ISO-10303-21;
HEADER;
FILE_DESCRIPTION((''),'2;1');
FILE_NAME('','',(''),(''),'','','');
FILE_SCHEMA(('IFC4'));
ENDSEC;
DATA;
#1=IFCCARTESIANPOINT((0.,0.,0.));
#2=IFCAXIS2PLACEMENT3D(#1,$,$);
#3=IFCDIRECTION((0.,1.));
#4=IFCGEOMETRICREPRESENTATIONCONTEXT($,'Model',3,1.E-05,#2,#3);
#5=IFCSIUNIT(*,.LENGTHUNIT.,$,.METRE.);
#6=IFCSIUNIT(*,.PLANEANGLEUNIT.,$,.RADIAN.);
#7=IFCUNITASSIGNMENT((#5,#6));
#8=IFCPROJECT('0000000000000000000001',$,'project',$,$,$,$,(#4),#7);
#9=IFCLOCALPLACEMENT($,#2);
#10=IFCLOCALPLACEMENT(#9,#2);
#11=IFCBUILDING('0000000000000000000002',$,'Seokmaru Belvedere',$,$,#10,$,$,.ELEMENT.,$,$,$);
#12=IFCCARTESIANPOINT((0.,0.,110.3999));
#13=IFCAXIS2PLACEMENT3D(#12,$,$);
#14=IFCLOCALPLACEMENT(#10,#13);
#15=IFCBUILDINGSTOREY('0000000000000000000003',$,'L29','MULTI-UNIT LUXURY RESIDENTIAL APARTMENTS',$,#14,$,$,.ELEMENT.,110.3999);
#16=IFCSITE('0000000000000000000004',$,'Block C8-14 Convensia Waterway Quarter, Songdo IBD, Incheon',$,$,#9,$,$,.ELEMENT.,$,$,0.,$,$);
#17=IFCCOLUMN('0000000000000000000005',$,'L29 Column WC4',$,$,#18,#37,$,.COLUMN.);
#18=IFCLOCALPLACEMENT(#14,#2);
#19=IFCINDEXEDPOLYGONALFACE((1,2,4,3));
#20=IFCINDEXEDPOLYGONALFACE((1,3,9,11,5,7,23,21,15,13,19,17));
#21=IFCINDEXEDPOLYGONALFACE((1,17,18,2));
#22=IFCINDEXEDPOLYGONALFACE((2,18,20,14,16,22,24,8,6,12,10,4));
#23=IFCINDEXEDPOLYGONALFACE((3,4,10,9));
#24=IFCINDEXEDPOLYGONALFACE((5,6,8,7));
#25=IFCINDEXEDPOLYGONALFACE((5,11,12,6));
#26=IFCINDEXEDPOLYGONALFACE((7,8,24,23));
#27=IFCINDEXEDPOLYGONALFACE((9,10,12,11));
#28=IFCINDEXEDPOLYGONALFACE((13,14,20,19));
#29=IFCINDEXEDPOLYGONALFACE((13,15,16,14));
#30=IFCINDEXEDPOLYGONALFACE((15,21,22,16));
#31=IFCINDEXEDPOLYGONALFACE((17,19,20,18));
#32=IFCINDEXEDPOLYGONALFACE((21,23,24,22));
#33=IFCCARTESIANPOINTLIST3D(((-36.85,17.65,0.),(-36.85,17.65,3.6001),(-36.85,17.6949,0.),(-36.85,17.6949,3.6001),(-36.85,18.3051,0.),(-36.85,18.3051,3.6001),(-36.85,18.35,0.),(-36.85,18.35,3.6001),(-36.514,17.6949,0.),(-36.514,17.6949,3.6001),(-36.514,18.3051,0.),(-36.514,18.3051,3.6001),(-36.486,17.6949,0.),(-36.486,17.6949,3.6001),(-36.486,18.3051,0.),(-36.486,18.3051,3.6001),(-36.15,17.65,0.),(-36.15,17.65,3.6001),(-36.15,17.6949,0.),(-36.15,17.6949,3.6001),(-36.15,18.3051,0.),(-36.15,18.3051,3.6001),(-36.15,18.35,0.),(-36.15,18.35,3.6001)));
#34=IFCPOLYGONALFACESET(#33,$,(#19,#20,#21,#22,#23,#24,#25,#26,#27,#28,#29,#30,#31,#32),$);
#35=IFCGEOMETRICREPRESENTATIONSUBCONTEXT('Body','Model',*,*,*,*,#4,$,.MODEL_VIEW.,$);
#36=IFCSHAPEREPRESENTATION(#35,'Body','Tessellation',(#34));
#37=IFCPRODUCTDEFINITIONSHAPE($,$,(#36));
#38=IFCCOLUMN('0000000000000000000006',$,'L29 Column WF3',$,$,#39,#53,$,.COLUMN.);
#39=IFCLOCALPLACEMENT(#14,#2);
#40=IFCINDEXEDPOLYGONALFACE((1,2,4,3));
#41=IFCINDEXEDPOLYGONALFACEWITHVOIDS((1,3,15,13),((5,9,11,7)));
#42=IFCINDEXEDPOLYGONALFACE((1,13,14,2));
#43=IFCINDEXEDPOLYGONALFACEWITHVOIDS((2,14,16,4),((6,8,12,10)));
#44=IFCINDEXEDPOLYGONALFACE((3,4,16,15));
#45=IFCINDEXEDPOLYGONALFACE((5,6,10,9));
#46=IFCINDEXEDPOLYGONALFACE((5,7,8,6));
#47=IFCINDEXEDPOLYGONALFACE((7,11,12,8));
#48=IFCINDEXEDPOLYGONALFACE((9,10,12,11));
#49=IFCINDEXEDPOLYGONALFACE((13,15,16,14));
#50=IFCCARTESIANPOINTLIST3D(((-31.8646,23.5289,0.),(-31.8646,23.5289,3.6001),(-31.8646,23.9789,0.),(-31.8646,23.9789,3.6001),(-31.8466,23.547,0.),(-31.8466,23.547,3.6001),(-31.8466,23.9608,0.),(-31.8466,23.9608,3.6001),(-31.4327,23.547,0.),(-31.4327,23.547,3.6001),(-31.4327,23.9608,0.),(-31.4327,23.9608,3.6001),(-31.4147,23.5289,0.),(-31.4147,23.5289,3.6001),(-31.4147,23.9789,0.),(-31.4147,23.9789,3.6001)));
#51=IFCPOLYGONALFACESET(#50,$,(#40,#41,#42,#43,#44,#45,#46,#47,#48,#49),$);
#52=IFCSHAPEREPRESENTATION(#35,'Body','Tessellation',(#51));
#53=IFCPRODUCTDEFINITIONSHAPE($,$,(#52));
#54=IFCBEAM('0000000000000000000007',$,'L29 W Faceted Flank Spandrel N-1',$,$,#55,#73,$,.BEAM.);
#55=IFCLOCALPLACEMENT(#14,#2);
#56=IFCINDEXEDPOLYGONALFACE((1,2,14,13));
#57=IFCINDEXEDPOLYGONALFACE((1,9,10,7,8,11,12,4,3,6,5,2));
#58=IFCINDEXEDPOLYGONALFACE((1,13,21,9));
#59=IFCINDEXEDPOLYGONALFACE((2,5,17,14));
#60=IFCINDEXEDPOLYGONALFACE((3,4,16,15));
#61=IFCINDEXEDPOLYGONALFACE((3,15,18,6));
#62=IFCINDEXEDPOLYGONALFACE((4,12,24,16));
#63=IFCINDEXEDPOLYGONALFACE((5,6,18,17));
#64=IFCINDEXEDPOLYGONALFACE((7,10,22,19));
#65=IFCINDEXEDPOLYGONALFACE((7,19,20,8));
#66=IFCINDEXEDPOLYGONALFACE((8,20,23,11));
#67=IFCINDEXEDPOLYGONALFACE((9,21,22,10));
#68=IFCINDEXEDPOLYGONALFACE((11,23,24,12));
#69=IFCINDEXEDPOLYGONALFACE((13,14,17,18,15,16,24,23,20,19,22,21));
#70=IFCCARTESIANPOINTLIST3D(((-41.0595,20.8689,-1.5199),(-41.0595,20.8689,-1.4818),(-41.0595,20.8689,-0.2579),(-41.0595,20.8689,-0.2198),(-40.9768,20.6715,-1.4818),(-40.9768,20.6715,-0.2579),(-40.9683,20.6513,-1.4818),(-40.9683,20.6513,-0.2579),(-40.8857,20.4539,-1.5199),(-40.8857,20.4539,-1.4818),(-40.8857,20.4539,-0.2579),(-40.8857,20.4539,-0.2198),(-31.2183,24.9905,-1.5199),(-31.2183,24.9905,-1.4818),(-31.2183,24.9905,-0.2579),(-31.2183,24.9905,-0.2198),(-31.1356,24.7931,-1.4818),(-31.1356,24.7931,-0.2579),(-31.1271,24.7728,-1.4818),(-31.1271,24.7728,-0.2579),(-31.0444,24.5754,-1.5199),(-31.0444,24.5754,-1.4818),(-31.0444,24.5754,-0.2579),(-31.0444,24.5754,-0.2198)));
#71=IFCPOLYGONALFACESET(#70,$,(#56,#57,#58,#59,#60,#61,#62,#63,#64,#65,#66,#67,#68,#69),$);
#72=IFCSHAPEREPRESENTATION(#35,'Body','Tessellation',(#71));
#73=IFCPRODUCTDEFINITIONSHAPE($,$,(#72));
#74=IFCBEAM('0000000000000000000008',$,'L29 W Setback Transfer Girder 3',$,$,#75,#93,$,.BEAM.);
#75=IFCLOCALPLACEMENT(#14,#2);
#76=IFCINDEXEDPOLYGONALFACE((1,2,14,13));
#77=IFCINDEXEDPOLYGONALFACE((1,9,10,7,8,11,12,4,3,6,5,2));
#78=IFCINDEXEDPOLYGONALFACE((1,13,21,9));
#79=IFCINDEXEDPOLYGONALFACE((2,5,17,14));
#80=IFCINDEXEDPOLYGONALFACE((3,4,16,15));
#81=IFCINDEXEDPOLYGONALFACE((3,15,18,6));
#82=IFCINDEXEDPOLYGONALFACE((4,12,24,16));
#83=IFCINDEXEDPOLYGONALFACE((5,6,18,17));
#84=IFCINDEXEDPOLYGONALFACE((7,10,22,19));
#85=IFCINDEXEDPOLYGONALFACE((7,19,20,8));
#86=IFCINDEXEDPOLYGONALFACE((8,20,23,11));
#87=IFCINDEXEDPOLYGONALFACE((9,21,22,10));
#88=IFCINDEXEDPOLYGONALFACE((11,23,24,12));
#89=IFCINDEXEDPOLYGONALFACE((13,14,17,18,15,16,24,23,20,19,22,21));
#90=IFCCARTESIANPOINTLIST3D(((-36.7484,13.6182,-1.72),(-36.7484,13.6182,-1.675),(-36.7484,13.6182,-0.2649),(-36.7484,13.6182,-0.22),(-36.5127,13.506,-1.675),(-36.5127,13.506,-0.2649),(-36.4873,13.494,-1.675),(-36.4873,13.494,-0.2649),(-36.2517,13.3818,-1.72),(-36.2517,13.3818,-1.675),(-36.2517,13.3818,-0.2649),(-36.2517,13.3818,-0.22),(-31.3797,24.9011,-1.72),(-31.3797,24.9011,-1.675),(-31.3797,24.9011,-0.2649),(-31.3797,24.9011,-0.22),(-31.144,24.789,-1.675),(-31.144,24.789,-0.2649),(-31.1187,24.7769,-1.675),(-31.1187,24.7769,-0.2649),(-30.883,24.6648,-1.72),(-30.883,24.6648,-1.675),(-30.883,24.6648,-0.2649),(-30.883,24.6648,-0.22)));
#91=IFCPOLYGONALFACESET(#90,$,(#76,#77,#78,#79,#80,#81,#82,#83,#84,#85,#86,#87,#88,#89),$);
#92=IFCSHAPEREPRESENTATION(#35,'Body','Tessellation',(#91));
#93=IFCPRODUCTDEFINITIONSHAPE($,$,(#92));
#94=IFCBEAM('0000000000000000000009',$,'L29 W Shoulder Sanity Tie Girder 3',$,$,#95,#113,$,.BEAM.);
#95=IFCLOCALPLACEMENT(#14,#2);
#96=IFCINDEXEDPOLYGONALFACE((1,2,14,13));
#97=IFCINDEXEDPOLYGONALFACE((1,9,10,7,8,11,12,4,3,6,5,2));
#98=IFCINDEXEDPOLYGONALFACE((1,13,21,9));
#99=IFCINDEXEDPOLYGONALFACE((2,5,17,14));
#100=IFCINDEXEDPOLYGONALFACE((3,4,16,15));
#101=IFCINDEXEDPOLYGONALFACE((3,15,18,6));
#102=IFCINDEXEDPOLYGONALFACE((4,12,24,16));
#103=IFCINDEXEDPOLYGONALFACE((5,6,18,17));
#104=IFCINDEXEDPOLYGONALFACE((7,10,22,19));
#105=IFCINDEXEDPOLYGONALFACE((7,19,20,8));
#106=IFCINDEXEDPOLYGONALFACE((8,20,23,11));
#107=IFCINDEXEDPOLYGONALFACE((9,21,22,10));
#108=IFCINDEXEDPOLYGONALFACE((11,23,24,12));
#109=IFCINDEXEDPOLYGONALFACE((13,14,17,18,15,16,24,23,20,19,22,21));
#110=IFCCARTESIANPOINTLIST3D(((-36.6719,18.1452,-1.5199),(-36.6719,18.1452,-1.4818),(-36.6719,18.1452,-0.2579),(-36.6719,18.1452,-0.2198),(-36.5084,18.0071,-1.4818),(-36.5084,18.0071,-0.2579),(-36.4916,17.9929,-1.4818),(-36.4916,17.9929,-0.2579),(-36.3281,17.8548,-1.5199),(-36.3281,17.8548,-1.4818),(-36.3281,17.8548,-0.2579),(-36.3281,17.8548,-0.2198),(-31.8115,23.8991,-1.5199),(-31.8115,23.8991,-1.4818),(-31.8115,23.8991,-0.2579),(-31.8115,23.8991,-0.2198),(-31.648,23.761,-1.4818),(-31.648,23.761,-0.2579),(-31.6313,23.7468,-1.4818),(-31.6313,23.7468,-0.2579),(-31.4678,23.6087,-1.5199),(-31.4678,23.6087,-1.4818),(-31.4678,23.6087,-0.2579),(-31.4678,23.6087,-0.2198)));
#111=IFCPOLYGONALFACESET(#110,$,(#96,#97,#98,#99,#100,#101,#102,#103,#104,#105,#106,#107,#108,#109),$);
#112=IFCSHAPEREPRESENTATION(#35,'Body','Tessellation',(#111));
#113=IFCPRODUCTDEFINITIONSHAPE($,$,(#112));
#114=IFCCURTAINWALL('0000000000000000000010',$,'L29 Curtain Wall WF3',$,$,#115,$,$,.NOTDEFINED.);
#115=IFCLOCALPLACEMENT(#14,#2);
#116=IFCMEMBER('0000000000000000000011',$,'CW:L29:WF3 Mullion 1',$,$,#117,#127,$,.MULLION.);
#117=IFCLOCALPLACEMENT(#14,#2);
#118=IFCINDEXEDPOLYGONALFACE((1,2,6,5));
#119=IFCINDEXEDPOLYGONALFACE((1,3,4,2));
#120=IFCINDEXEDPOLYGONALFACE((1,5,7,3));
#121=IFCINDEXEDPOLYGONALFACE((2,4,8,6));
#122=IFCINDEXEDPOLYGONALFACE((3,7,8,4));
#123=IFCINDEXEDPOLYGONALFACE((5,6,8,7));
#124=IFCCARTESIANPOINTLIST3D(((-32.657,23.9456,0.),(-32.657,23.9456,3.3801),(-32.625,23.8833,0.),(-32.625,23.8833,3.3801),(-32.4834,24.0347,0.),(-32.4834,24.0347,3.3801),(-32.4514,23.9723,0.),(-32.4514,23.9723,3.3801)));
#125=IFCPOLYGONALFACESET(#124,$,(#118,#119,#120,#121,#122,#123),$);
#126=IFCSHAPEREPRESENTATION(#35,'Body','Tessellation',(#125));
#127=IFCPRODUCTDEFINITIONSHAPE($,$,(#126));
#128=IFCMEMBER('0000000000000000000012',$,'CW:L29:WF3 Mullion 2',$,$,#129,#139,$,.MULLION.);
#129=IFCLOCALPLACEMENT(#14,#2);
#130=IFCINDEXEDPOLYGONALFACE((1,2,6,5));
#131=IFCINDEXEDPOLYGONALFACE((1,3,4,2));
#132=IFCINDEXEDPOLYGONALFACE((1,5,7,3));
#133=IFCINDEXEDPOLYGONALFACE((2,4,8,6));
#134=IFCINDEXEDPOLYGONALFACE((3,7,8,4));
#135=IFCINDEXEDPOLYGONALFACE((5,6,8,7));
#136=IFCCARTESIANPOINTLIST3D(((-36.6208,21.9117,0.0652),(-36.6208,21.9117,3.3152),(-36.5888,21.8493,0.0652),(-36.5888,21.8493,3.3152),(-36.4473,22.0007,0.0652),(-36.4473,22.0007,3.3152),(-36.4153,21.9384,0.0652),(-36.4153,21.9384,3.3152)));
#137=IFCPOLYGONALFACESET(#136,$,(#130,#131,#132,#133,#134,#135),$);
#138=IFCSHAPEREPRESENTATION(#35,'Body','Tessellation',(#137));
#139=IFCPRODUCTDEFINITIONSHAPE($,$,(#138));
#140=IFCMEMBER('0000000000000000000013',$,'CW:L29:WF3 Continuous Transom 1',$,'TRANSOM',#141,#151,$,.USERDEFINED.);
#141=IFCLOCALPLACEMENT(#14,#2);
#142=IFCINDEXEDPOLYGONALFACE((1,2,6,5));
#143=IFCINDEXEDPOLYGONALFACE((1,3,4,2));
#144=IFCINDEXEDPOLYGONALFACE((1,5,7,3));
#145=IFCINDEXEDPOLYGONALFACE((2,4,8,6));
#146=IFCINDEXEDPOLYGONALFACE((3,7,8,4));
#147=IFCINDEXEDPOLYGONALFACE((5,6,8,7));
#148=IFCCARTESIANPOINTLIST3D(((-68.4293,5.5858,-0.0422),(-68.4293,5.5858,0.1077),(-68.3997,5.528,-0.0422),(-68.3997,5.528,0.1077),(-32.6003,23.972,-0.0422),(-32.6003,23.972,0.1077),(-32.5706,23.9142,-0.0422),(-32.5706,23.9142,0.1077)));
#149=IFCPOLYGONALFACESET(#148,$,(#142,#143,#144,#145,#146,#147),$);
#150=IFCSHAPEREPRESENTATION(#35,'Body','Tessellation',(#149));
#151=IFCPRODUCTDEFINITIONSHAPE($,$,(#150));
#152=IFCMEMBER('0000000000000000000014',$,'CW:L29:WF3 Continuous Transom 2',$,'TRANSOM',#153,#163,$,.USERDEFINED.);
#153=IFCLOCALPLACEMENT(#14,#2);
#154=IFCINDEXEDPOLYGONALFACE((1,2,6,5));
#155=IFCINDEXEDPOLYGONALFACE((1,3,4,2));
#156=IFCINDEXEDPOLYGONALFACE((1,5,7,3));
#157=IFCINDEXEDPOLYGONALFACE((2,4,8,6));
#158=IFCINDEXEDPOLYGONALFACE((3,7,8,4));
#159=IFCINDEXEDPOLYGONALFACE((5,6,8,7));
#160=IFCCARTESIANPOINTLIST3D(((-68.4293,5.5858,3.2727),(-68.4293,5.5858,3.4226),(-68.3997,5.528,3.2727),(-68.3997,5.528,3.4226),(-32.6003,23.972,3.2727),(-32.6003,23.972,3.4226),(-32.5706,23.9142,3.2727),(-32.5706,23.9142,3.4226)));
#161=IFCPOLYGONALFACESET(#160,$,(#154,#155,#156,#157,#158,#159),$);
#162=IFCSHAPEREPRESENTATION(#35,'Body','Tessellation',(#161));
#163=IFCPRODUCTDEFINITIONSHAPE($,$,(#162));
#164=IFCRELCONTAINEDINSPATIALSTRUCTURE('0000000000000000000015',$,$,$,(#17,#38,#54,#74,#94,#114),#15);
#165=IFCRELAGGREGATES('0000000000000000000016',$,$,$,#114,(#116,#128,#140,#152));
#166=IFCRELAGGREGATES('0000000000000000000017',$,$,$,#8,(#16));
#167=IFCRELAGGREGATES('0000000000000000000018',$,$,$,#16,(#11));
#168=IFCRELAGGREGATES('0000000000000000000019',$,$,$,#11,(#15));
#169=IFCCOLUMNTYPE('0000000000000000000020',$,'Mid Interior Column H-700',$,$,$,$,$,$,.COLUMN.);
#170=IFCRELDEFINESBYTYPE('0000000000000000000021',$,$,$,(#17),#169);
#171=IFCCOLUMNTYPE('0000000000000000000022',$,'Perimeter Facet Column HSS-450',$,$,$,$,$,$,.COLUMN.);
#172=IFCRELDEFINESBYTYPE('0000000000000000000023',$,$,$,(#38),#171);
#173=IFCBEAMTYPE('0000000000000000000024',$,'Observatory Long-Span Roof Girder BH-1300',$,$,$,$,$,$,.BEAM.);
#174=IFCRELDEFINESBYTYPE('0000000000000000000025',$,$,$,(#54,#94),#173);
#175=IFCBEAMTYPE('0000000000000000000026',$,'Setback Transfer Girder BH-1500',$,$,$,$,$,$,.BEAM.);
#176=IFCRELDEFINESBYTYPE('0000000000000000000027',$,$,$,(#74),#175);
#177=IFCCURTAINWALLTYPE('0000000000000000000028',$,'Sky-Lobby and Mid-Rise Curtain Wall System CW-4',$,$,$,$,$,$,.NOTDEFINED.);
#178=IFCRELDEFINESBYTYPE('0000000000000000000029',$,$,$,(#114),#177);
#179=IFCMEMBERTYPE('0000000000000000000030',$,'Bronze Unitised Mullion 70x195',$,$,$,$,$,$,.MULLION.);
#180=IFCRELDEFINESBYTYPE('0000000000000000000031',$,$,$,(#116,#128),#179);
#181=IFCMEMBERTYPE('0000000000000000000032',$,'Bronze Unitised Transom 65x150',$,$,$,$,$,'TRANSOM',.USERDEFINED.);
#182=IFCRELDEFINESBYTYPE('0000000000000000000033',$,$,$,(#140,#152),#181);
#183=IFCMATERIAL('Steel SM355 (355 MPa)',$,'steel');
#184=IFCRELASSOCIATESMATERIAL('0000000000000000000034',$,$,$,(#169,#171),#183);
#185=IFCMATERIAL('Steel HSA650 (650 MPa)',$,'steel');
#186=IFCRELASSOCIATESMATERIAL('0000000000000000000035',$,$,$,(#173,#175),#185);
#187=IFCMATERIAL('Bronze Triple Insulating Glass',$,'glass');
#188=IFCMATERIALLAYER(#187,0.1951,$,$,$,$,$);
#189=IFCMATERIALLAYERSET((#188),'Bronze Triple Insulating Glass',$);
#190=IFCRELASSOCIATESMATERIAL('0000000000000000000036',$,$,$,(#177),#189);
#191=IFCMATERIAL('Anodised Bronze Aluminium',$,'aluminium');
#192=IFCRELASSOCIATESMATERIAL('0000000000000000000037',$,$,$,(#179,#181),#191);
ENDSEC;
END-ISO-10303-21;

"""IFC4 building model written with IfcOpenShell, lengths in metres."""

from ifc_helpers import new_model, si_unit, direction, frame, origin, origin_2d, place, context, subcontext, project, spatial, rectangle, hollow_rectangle, i_section, extrude, source, transform, mapped, material, layer, layer_set, material_profile, profile_set, type_object, type_shapes, element, aggregate, save


model = new_model("IFC4")

# Units and contexts
model_context = context("Model", 3, precision=1e-05, world=origin(), true_north=direction((0.0, 1.0)))
body_context = subcontext(model_context, "Body", "Model", "MODEL_VIEW")
ifc_project = project(units=[si_unit("LENGTHUNIT", "METRE"), si_unit("PLANEANGLEUNIT", "RADIAN")], contexts=[model_context])

# Site, building, storey
site_placement = place(None, origin())
site = spatial("IfcSite", under=ifc_project, at=site_placement, Name="Block C8-14 Convensia Waterway Quarter, Songdo IBD, Incheon", CompositionType="ELEMENT", RefElevation=0.0)
building_placement = place(site_placement, origin())
building = spatial("IfcBuilding", under=site, at=building_placement, Name="Seokmaru Belvedere", CompositionType="ELEMENT")
storey_placement = place(building_placement, frame((0.0, 0.0, 110.3999)))
storey = spatial("IfcBuildingStorey", under=building, at=storey_placement, Name="L29", Description="MULTI-UNIT LUXURY RESIDENTIAL APARTMENTS", CompositionType="ELEMENT", Elevation=110.3999)

# Columns
ifc_material_1 = material(Name="Steel SM355 (355 MPa)", Category="steel")
ifc_material_profile_1 = material_profile(ifc_material_1, i_section(OverallWidth=0.7, OverallDepth=0.7, WebThickness=0.0281, FlangeThickness=0.0449, at=origin_2d()), Name="H-700x700x28x45")
ifc_profile_set_1 = profile_set([ifc_material_profile_1], Name="Steel SM355 (355 MPa)")
column_type_1 = type_object("IfcColumnType", Name="Mid Interior Column H-700", PredefinedType="COLUMN", material=ifc_profile_set_1)
shared_shape_1 = source(origin(), body_context, "Body", "SweptSolid", [
    extrude(i_section(OverallWidth=0.7, OverallDepth=0.7, WebThickness=0.0281, FlangeThickness=0.0449, at=origin_2d()), origin(), (0.0, 0.0, 1.0), 3.6001),
])
type_shapes(column_type_1, [shared_shape_1])
column_1_placement = place(storey_placement, frame((-36.5, 18.0, 0.0), z_axis=(0.0, 0.0, 1.0), x_axis=(1.0, 0.0, 0.0)))
element("IfcColumn", 1, at=column_1_placement, inside=storey, type_object=column_type_1, Name="L29 Column WC4", PredefinedType="COLUMN", context=body_context, shape_type="MappedRepresentation", body=[
    mapped(shared_shape_1, transform((0.0, 0.0, 0.0), scale=1.0)),
])
ifc_material_profile_2 = material_profile(ifc_material_1, hollow_rectangle(XDim=0.45, YDim=0.45, WallThickness=0.0181, at=origin_2d()), Name="HSS-450x450x18")
ifc_profile_set_2 = profile_set([ifc_material_profile_2], Name="Steel SM355 (355 MPa)")
column_type_2 = type_object("IfcColumnType", Name="Perimeter Facet Column HSS-450", PredefinedType="COLUMN", material=ifc_profile_set_2)
shared_shape_2 = source(origin(), body_context, "Body", "SweptSolid", [
    extrude(hollow_rectangle(XDim=0.45, YDim=0.45, WallThickness=0.0181, at=origin_2d()), origin(), (0.0, 0.0, 1.0), 3.6001),
])
type_shapes(column_type_2, [shared_shape_2])
column_2_placement = place(storey_placement, frame((-31.6396, 23.7539, 0.0), z_axis=(0.0, 0.0, 1.0), x_axis=(1.0, 0.0, 0.0)))
element("IfcColumn", 2, at=column_2_placement, inside=storey, type_object=column_type_2, Name="L29 Column WF3", PredefinedType="COLUMN", context=body_context, shape_type="MappedRepresentation", body=[
    mapped(shared_shape_2, transform((0.0, 0.0, 0.0), scale=1.0)),
])

# Beams
ifc_material_2 = material(Name="Steel HSA650 (650 MPa)", Category="steel")
ifc_material_profile_3 = material_profile(ifc_material_2, i_section(OverallWidth=0.45, OverallDepth=1.3, WebThickness=0.022, FlangeThickness=0.0381, at=origin_2d()), Name="BH-1300x450x22x38")
ifc_profile_set_3 = profile_set([ifc_material_profile_3], Name="Steel HSA650 (650 MPa)")
beam_type_1 = type_object("IfcBeamType", Name="Observatory Long-Span Roof Girder BH-1300", PredefinedType="BEAM", material=ifc_profile_set_3)
shared_shape_3 = source(origin(), body_context, "Body", "SweptSolid", [
    extrude(i_section(OverallWidth=0.45, OverallDepth=1.3, WebThickness=0.022, FlangeThickness=0.0381, at=origin_2d()), origin(), (0.0, 0.0, 1.0), 10.6694),
])
beam_1_placement = place(storey_placement, frame((-31.1313, 24.783, -0.8699), z_axis=(-0.922375, -0.386295, 0.0), x_axis=(0.386295, -0.922375, 0.0)))
element("IfcBeam", 3, at=beam_1_placement, inside=storey, type_object=beam_type_1, Name="L29 W Faceted Flank Spandrel N-1", PredefinedType="BEAM", context=body_context, shape_type="MappedRepresentation", body=[
    mapped(shared_shape_3, transform((0.0, 0.0, 0.0), scale=1.0)),
])
ifc_material_profile_4 = material_profile(ifc_material_2, i_section(OverallWidth=0.55, OverallDepth=1.5, WebThickness=0.0281, FlangeThickness=0.0449, at=origin_2d()), Name="BH-1500x550x28x45")
ifc_profile_set_4 = profile_set([ifc_material_profile_4], Name="Steel HSA650 (650 MPa)")
beam_type_2 = type_object("IfcBeamType", Name="Setback Transfer Girder BH-1500", PredefinedType="BEAM", material=ifc_profile_set_4)
shared_shape_4 = source(origin(), body_context, "Body", "SweptSolid", [
    extrude(i_section(OverallWidth=0.55, OverallDepth=1.5, WebThickness=0.0281, FlangeThickness=0.0449, at=origin_2d()), origin(), (0.0, 0.0, 1.0), 12.4951),
])
type_shapes(beam_type_2, [shared_shape_4])
beam_2_placement = place(storey_placement, frame((-31.1313, 24.783, -0.97), z_axis=(-0.429661, -0.90299, 0.0), x_axis=(0.90299, -0.429661, 0.0)))
element("IfcBeam", 4, at=beam_2_placement, inside=storey, type_object=beam_type_2, Name="L29 W Setback Transfer Girder 3", PredefinedType="BEAM", context=body_context, shape_type="MappedRepresentation", body=[
    mapped(shared_shape_4, transform((0.0, 0.0, 0.0), scale=1.0)),
])
shared_shape_5 = source(origin(), body_context, "Body", "SweptSolid", [
    extrude(i_section(OverallWidth=0.45, OverallDepth=1.3, WebThickness=0.022, FlangeThickness=0.0381, at=origin_2d()), origin(), (0.0, 0.0, 1.0), 7.532),
])
type_shapes(beam_type_1, [shared_shape_3, shared_shape_5])
beam_3_placement = place(storey_placement, frame((-31.6396, 23.7539, -0.8699), z_axis=(-0.645297, -0.763932, 0.0), x_axis=(0.763932, -0.645297, 0.0)))
element("IfcBeam", 5, at=beam_3_placement, inside=storey, type_object=beam_type_1, Name="L29 W Shoulder Sanity Tie Girder 3", PredefinedType="BEAM", context=body_context, shape_type="MappedRepresentation", body=[
    mapped(shared_shape_5, transform((0.0, 0.0, 0.0), scale=1.0)),
])

# Curtain wall, members
ifc_material_3 = material(Name="Bronze Triple Insulating Glass", Category="glass")
ifc_layer_1 = layer(ifc_material_3, 0.1951)
ifc_layer_set_1 = layer_set([ifc_layer_1], Name="Bronze Triple Insulating Glass")
curtain_wall_type = type_object("IfcCurtainWallType", Name="Sky-Lobby and Mid-Rise Curtain Wall System CW-4", PredefinedType="NOTDEFINED", material=ifc_layer_set_1)
curtain_wall_placement = place(storey_placement, origin())
curtain_wall = element("IfcCurtainWall", 6, at=curtain_wall_placement, inside=storey, type_object=curtain_wall_type, Name="L29 Curtain Wall WF3", PredefinedType="NOTDEFINED")
ifc_material_4 = material(Name="Anodised Bronze Aluminium", Category="aluminium")
ifc_material_profile_5 = material_profile(ifc_material_4, rectangle(XDim=0.0701, YDim=0.1951, at=origin_2d()), Name="CW-M-70x195")
ifc_profile_set_5 = profile_set([ifc_material_profile_5], Name="Anodised Bronze Aluminium")
member_type_1 = type_object("IfcMemberType", Name="Bronze Unitised Mullion 70x195", PredefinedType="MULLION", material=ifc_profile_set_5)
shared_shape_6 = source(origin(), body_context, "Body", "SweptSolid", [
    extrude(rectangle(XDim=0.0701, YDim=0.1951, at=origin_2d()), origin(), (0.0, 0.0, 1.0), 3.3801),
])
member_1_placement = place(storey_placement, frame((-32.5542, 23.959, 0.0), z_axis=(0.0, 0.0, 1.0), x_axis=(0.456555, -0.889695, 0.0)))
member_1 = element("IfcMember", 7, at=member_1_placement, type_object=member_type_1, Name="CW:L29:WF3 Mullion 1", PredefinedType="MULLION", context=body_context, shape_type="MappedRepresentation", body=[
    mapped(shared_shape_6, transform((0.0, 0.0, 0.0), scale=1.0)),
])
shared_shape_7 = source(origin(), body_context, "Body", "SweptSolid", [
    extrude(rectangle(XDim=0.0701, YDim=0.1951, at=origin_2d()), origin(), (0.0, 0.0, 1.0), 3.25),
])
type_shapes(member_type_1, [shared_shape_6, shared_shape_7])
member_2_placement = place(storey_placement, frame((-36.5181, 21.925, 0.0652), z_axis=(0.0, 0.0, 1.0), x_axis=(0.456555, -0.889695, 0.0)))
member_2 = element("IfcMember", 8, at=member_2_placement, type_object=member_type_1, Name="CW:L29:WF3 Mullion 2", PredefinedType="MULLION", context=body_context, shape_type="MappedRepresentation", body=[
    mapped(shared_shape_7, transform((0.0, 0.0, 0.0), scale=1.0)),
])
ifc_material_profile_6 = material_profile(ifc_material_4, rectangle(XDim=0.0649, YDim=0.1499, at=origin_2d()), Name="CW-T-65x150")
ifc_profile_set_6 = profile_set([ifc_material_profile_6], Name="Anodised Bronze Aluminium")
member_type_2 = type_object("IfcMemberType", Name="Bronze Unitised Transom 65x150", ElementType="TRANSOM", PredefinedType="USERDEFINED", material=ifc_profile_set_6)
shared_shape_8 = source(origin(), body_context, "Body", "SweptSolid", [
    extrude(rectangle(XDim=0.0649, YDim=0.1499, at=origin_2d()), origin(), (0.0, 0.0, 1.0), 40.2712),
])
type_shapes(member_type_2, [shared_shape_8])
member_3_placement = place(storey_placement, frame((-32.5854, 23.9431, 0.0327), z_axis=(-0.889693, -0.456559, 0.0), x_axis=(0.456559, -0.889693, 0.0)))
member_3 = element("IfcMember", 9, at=member_3_placement, type_object=member_type_2, Name="CW:L29:WF3 Continuous Transom 1", ObjectType="TRANSOM", PredefinedType="USERDEFINED", context=body_context, shape_type="MappedRepresentation", body=[
    mapped(shared_shape_8, transform((0.0, 0.0, 0.0), scale=1.0)),
])
member_4_placement = place(storey_placement, frame((-32.5854, 23.9431, 3.3477), z_axis=(-0.889693, -0.456559, 0.0), x_axis=(0.456559, -0.889693, 0.0)))
member_4 = element("IfcMember", 10, at=member_4_placement, type_object=member_type_2, Name="CW:L29:WF3 Continuous Transom 2", ObjectType="TRANSOM", PredefinedType="USERDEFINED", context=body_context, shape_type="MappedRepresentation", body=[
    mapped(shared_shape_8, transform((0.0, 0.0, 0.0), scale=1.0)),
])
aggregate(curtain_wall, [member_1, member_2, member_3, member_4])

save(model, "model.ifc")
